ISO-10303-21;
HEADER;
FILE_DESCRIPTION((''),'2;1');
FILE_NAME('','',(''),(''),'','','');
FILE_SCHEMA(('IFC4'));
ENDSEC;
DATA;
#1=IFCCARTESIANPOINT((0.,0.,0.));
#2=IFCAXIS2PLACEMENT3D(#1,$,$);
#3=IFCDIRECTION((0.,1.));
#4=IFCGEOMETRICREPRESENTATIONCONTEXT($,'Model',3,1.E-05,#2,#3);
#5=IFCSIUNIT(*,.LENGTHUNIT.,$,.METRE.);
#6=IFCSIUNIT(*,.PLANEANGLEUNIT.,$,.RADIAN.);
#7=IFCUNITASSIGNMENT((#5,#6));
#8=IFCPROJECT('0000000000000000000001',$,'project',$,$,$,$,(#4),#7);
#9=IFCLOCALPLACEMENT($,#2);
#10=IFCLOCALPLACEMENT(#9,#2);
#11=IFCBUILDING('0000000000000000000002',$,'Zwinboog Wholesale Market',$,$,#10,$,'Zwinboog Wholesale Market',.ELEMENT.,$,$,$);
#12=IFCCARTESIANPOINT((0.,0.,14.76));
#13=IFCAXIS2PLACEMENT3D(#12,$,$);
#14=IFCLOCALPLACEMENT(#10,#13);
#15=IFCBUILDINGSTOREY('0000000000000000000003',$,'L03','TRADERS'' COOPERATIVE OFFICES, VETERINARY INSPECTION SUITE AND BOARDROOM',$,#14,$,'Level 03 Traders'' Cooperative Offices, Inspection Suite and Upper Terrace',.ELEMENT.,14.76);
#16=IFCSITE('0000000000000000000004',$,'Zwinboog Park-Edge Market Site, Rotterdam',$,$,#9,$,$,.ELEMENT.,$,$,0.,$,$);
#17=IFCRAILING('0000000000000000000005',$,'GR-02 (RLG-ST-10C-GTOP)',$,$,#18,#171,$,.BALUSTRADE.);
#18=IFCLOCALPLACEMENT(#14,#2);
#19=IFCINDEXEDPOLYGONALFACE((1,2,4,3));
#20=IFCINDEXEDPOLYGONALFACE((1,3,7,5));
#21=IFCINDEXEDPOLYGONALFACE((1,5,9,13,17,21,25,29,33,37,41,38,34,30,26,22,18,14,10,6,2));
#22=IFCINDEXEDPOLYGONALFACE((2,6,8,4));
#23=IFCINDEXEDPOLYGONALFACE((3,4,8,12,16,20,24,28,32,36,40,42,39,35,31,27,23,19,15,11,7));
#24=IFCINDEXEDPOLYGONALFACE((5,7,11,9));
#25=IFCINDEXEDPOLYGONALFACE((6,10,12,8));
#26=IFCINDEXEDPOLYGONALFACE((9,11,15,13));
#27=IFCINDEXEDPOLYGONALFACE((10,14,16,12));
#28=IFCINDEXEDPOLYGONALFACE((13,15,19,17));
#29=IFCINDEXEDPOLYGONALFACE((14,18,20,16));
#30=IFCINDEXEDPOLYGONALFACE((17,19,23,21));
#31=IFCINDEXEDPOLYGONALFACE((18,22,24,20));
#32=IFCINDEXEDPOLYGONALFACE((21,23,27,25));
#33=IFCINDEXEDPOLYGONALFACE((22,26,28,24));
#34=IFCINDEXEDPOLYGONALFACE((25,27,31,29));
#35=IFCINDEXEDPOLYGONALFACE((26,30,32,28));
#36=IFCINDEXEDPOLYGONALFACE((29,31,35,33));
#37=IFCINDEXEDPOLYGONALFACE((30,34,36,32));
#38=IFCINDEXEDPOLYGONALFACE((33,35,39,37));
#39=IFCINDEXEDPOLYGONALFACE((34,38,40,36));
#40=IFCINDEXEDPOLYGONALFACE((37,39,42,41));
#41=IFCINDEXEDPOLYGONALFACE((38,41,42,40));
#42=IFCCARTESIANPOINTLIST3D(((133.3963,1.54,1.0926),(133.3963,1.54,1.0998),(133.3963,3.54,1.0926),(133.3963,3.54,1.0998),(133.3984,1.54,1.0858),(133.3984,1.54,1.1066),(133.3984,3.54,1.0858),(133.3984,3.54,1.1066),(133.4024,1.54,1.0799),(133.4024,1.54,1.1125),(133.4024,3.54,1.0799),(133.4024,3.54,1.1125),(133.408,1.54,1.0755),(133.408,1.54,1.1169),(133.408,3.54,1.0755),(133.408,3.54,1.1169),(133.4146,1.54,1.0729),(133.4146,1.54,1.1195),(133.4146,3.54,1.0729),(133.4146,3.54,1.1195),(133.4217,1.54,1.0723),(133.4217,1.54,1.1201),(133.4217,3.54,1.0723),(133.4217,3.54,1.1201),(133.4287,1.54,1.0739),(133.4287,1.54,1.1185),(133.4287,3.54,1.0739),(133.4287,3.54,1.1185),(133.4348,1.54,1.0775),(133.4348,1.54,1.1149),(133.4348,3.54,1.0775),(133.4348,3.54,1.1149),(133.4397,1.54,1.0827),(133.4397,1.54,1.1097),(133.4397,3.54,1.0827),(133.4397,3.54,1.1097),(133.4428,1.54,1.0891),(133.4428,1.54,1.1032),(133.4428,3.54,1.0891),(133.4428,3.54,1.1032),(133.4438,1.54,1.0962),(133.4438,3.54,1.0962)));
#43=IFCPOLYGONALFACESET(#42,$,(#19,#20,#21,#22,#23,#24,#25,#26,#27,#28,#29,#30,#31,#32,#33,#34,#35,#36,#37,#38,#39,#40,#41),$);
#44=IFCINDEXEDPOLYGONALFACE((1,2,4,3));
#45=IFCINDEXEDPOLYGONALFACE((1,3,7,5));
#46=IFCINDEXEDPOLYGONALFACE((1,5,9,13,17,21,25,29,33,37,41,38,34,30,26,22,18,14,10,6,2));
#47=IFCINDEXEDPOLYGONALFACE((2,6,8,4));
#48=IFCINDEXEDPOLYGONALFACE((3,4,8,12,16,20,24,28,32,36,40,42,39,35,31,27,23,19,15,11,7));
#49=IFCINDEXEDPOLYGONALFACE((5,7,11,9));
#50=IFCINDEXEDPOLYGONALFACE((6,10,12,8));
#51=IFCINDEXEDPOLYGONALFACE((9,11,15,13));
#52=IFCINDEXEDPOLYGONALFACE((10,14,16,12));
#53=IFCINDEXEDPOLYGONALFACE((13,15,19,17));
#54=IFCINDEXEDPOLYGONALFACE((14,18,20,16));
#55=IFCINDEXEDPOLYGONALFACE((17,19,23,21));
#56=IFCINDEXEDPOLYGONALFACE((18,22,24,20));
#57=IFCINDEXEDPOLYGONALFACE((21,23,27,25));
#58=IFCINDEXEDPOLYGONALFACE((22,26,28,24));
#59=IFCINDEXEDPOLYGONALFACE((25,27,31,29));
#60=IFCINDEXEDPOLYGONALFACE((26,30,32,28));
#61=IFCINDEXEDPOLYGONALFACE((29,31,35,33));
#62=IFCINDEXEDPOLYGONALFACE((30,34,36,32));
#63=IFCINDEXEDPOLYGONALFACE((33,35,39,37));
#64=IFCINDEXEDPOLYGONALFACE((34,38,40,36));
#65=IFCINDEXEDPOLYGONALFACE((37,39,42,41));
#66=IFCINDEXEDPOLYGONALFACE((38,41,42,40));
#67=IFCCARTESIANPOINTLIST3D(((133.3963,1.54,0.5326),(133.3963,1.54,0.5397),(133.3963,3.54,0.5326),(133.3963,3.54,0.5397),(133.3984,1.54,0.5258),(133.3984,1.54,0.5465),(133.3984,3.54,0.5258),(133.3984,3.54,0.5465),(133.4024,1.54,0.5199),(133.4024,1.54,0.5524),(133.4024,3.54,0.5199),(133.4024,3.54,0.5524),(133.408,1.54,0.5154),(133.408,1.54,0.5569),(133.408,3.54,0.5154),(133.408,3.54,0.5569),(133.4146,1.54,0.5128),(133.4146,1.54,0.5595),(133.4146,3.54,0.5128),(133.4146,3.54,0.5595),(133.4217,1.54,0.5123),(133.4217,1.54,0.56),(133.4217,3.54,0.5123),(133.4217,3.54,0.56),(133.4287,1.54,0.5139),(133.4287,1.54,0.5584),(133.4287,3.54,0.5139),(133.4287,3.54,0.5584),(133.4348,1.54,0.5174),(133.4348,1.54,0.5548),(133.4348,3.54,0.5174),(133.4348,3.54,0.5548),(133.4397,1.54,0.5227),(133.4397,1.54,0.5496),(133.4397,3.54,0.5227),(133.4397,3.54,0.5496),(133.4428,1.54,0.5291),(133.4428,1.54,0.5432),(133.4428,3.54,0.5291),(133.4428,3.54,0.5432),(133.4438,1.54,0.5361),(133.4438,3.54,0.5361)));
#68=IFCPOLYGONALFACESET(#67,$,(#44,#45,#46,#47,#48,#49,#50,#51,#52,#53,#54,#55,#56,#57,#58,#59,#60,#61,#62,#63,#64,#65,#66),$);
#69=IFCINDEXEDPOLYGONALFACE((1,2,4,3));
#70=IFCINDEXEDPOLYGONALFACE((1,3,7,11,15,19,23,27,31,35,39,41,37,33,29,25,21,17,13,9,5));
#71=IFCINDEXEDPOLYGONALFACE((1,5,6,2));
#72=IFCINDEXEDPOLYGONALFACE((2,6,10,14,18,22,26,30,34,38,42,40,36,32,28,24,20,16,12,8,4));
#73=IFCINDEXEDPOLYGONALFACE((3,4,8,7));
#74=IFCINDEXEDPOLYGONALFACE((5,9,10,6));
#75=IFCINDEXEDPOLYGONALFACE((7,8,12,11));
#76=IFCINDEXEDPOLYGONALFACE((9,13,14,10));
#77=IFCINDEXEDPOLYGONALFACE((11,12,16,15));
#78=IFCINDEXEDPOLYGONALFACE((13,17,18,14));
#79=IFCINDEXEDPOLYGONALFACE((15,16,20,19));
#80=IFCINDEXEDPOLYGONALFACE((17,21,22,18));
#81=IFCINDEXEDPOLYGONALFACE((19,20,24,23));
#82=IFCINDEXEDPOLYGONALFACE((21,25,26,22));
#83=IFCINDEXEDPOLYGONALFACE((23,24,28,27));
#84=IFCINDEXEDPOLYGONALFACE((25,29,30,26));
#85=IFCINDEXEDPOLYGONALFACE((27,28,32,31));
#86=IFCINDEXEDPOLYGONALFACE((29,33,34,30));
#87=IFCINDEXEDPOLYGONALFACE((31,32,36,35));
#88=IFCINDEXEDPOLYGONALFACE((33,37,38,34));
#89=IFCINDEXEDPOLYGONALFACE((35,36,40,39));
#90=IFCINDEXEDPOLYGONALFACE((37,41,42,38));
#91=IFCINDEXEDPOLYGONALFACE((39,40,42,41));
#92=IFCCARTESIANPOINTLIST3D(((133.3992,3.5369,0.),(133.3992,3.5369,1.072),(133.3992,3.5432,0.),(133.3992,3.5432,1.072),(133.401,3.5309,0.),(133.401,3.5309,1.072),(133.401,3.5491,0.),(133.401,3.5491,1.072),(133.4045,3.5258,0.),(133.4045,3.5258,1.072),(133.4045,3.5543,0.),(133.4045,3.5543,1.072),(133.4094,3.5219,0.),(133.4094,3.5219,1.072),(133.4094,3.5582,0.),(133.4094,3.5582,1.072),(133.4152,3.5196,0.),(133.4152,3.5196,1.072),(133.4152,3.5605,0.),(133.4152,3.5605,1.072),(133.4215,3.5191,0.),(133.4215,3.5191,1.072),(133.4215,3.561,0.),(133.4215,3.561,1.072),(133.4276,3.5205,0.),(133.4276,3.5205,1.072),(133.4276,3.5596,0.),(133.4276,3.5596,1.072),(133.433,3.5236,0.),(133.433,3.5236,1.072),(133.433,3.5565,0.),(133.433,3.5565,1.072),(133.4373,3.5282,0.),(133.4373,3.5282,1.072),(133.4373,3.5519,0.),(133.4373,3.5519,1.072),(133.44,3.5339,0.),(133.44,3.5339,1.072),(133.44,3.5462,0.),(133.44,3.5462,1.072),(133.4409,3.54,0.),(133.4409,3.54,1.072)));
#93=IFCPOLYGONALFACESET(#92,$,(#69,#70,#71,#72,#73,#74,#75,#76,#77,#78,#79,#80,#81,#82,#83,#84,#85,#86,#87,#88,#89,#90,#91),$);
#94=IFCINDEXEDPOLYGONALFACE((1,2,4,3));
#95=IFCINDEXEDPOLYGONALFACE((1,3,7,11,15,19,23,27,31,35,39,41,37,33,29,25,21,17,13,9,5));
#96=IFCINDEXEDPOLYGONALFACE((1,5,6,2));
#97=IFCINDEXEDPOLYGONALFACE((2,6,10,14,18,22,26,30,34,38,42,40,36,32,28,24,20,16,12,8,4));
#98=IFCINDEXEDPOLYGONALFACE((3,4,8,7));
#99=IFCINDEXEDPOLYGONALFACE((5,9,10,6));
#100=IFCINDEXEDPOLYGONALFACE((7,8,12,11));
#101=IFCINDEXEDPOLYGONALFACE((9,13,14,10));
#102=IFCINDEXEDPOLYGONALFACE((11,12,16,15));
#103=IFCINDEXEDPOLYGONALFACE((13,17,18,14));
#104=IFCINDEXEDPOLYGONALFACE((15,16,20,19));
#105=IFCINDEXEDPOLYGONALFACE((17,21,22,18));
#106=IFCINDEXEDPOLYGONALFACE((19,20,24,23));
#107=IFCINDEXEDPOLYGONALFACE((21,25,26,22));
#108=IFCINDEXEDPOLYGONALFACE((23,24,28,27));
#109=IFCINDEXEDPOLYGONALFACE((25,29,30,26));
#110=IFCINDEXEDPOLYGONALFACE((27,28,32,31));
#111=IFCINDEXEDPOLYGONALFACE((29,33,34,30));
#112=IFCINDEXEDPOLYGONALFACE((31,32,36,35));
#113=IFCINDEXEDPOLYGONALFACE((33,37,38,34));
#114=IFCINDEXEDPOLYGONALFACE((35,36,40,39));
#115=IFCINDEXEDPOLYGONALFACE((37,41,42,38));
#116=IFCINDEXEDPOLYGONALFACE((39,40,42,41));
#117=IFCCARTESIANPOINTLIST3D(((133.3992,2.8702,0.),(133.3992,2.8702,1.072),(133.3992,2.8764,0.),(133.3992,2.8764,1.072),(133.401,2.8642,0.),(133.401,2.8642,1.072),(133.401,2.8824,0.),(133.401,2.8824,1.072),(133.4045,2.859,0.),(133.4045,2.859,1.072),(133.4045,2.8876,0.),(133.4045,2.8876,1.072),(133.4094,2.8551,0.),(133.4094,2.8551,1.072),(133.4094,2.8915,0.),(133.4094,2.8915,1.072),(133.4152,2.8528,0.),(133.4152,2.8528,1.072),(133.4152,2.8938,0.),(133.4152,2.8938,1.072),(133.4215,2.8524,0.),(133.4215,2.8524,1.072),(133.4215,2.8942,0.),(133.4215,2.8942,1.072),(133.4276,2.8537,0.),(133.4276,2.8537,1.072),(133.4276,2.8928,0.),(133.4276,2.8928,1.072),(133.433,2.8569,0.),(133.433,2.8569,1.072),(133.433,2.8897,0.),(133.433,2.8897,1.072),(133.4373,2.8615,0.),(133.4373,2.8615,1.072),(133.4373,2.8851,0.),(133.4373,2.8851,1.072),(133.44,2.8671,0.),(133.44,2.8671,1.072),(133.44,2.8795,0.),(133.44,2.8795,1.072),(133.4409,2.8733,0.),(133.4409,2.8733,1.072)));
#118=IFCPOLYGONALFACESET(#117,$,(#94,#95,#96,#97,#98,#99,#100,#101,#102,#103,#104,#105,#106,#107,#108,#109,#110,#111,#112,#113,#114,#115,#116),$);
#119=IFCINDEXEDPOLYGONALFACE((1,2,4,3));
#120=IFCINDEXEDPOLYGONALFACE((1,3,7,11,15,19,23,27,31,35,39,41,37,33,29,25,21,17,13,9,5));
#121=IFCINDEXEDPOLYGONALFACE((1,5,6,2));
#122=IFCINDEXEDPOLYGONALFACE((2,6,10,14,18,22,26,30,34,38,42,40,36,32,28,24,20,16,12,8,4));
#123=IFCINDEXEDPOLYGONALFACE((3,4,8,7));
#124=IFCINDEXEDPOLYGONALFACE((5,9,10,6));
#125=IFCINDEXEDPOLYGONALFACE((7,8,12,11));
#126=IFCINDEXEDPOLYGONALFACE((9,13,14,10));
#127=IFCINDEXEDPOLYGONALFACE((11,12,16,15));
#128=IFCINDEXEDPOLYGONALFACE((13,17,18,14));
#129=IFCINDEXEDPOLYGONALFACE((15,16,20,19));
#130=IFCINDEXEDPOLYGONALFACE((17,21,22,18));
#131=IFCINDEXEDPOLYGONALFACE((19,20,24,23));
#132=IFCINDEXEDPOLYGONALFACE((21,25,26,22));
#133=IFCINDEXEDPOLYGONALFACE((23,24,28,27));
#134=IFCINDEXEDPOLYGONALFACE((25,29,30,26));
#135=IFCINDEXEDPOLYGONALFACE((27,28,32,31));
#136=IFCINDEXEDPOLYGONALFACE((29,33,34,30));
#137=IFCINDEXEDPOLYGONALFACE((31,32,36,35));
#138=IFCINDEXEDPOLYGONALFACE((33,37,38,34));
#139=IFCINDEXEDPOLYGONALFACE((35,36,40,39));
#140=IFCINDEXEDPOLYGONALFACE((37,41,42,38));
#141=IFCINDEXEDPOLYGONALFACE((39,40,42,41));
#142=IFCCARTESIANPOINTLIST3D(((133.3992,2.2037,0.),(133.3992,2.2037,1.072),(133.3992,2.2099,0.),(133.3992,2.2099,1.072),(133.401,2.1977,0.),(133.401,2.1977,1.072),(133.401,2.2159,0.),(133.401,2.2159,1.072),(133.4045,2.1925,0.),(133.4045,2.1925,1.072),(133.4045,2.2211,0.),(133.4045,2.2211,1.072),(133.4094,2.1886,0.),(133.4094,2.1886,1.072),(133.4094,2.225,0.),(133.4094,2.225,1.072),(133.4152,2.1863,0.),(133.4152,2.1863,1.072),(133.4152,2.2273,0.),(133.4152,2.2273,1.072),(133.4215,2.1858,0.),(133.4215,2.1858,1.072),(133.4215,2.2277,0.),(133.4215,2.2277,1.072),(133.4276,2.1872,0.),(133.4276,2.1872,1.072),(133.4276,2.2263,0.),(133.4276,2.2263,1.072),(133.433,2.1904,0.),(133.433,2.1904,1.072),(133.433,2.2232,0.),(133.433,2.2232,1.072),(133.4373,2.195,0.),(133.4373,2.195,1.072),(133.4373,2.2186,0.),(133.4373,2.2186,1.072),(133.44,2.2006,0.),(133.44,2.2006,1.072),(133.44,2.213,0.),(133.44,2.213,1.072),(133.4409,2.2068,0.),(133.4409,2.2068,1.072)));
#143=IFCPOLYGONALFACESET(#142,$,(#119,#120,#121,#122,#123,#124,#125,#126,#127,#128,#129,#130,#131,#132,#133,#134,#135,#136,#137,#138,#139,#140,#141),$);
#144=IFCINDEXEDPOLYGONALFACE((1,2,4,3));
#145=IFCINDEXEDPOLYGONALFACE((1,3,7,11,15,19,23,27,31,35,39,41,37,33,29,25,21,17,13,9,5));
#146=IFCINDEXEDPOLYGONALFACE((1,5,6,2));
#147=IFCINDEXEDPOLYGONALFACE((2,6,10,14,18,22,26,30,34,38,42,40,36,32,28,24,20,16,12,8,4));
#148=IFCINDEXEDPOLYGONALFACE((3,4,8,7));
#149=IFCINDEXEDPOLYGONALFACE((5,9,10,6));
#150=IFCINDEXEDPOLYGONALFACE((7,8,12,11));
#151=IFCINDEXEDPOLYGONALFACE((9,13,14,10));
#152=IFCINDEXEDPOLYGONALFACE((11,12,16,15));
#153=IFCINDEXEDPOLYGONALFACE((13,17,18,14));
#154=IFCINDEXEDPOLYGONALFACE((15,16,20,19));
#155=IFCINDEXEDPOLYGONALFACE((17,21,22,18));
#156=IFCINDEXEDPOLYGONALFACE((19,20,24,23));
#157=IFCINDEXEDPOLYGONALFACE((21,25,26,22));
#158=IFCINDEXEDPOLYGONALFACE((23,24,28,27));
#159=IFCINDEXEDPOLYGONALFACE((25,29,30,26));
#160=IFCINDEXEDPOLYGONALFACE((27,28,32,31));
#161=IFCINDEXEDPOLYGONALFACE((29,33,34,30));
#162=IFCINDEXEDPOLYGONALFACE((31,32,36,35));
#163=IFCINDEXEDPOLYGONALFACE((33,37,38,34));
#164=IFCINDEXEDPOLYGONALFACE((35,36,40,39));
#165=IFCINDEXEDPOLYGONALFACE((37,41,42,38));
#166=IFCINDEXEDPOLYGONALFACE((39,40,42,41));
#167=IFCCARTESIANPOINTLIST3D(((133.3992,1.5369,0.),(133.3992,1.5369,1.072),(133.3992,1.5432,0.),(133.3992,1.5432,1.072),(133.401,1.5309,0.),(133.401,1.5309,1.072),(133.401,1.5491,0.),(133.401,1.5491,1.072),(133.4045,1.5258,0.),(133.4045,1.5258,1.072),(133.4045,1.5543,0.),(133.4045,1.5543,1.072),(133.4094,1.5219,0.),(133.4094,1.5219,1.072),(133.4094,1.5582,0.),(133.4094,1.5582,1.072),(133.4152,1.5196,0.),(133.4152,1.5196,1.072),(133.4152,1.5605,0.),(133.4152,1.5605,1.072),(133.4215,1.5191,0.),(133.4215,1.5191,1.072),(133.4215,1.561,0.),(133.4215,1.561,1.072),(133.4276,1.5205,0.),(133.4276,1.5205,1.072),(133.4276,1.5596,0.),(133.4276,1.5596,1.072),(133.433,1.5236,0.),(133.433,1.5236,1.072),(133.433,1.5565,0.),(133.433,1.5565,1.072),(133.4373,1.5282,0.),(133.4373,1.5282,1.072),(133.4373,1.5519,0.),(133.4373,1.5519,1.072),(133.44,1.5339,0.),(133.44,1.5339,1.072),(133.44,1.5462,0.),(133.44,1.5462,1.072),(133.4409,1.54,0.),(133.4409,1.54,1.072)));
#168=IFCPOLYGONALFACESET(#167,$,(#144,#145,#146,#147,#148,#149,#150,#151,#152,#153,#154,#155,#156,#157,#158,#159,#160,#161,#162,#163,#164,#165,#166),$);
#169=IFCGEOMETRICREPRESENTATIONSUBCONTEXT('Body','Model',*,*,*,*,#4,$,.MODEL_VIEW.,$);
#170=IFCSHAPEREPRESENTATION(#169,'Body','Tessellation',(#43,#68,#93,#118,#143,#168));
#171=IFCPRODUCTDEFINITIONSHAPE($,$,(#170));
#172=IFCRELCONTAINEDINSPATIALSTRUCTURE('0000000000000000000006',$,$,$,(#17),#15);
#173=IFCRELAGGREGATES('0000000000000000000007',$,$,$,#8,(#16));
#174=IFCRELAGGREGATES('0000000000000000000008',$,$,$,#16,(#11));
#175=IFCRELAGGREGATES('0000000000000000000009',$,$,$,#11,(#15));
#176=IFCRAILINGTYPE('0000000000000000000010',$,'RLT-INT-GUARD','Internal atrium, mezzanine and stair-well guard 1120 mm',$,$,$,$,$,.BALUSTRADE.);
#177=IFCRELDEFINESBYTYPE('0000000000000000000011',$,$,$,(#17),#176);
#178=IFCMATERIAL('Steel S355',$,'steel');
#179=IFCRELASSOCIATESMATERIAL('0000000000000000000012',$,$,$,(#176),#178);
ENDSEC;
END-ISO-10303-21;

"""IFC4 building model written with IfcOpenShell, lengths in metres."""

from ifc_helpers import new_model, si_unit, direction, frame, origin, origin_2d, place, context, subcontext, project, spatial, circle, extrude, material, type_object, element, save


model = new_model("IFC4")

# Units and contexts
model_context = context("Model", 3, precision=1e-05, world=origin(), true_north=direction((0.0, 1.0)))
body_context = subcontext(model_context, "Body", "Model", "MODEL_VIEW")
ifc_project = project(units=[si_unit("LENGTHUNIT", "METRE"), si_unit("PLANEANGLEUNIT", "RADIAN")], contexts=[model_context])

# Site, building, storey
site_placement = place(None, origin())
site = spatial("IfcSite", under=ifc_project, at=site_placement, Name="Zwinboog Park-Edge Market Site, Rotterdam", CompositionType="ELEMENT", RefElevation=0.0)
building_placement = place(site_placement, origin())
building = spatial("IfcBuilding", under=site, at=building_placement, Name="Zwinboog Wholesale Market", LongName="Zwinboog Wholesale Market", CompositionType="ELEMENT")
storey_placement = place(building_placement, frame((0.0, 0.0, 14.76)))
storey = spatial("IfcBuildingStorey", under=building, at=storey_placement, Name="L03", Description="TRADERS' COOPERATIVE OFFICES, VETERINARY INSPECTION SUITE AND BOARDROOM", LongName="Level 03 Traders' Cooperative Offices, Inspection Suite and Upper Terrace", CompositionType="ELEMENT", Elevation=14.76)

# Railing
ifc_material_1 = material(Name="Steel S355", Category="steel")
railing_type = type_object("IfcRailingType", Name="RLT-INT-GUARD", Description="Internal atrium, mezzanine and stair-well guard 1120 mm", PredefinedType="BALUSTRADE", material=ifc_material_1)
railing_placement = place(storey_placement, frame((133.4199, 3.54, 0.0)))
element("IfcRailing", 1, at=railing_placement, inside=storey, type_object=railing_type, Name="GR-02 (RLG-ST-10C-GTOP)", PredefinedType="BALUSTRADE", context=body_context, shape_type="SweptSolid", body=[
    extrude(circle(Radius=0.0239, at=origin_2d()), frame((0.0, 0.0, 1.0962), z_axis=(0.0, -1.0, 0.0), x_axis=(1.0, 0.0, 0.0)), (0.0, 0.0, 1.0), 2.0),
    extrude(circle(Radius=0.0239, at=origin_2d()), frame((0.0, 0.0, 0.5361), z_axis=(0.0, -1.0, 0.0), x_axis=(1.0, 0.0, 0.0)), (0.0, 0.0, 1.0), 2.0),
    extrude(circle(Radius=0.021, at=origin_2d()), origin(), (0.0, 0.0, 1.0), 1.072),
    extrude(circle(Radius=0.021, at=origin_2d()), frame((0.0, -0.6667, 0.0)), (0.0, 0.0, 1.0), 1.072),
    extrude(circle(Radius=0.021, at=origin_2d()), frame((0.0, -1.3333, 0.0)), (0.0, 0.0, 1.0), 1.072),
    extrude(circle(Radius=0.021, at=origin_2d()), frame((0.0, -2.0, 0.0)), (0.0, 0.0, 1.0), 1.072),
])

save(model, "model.ifc")
